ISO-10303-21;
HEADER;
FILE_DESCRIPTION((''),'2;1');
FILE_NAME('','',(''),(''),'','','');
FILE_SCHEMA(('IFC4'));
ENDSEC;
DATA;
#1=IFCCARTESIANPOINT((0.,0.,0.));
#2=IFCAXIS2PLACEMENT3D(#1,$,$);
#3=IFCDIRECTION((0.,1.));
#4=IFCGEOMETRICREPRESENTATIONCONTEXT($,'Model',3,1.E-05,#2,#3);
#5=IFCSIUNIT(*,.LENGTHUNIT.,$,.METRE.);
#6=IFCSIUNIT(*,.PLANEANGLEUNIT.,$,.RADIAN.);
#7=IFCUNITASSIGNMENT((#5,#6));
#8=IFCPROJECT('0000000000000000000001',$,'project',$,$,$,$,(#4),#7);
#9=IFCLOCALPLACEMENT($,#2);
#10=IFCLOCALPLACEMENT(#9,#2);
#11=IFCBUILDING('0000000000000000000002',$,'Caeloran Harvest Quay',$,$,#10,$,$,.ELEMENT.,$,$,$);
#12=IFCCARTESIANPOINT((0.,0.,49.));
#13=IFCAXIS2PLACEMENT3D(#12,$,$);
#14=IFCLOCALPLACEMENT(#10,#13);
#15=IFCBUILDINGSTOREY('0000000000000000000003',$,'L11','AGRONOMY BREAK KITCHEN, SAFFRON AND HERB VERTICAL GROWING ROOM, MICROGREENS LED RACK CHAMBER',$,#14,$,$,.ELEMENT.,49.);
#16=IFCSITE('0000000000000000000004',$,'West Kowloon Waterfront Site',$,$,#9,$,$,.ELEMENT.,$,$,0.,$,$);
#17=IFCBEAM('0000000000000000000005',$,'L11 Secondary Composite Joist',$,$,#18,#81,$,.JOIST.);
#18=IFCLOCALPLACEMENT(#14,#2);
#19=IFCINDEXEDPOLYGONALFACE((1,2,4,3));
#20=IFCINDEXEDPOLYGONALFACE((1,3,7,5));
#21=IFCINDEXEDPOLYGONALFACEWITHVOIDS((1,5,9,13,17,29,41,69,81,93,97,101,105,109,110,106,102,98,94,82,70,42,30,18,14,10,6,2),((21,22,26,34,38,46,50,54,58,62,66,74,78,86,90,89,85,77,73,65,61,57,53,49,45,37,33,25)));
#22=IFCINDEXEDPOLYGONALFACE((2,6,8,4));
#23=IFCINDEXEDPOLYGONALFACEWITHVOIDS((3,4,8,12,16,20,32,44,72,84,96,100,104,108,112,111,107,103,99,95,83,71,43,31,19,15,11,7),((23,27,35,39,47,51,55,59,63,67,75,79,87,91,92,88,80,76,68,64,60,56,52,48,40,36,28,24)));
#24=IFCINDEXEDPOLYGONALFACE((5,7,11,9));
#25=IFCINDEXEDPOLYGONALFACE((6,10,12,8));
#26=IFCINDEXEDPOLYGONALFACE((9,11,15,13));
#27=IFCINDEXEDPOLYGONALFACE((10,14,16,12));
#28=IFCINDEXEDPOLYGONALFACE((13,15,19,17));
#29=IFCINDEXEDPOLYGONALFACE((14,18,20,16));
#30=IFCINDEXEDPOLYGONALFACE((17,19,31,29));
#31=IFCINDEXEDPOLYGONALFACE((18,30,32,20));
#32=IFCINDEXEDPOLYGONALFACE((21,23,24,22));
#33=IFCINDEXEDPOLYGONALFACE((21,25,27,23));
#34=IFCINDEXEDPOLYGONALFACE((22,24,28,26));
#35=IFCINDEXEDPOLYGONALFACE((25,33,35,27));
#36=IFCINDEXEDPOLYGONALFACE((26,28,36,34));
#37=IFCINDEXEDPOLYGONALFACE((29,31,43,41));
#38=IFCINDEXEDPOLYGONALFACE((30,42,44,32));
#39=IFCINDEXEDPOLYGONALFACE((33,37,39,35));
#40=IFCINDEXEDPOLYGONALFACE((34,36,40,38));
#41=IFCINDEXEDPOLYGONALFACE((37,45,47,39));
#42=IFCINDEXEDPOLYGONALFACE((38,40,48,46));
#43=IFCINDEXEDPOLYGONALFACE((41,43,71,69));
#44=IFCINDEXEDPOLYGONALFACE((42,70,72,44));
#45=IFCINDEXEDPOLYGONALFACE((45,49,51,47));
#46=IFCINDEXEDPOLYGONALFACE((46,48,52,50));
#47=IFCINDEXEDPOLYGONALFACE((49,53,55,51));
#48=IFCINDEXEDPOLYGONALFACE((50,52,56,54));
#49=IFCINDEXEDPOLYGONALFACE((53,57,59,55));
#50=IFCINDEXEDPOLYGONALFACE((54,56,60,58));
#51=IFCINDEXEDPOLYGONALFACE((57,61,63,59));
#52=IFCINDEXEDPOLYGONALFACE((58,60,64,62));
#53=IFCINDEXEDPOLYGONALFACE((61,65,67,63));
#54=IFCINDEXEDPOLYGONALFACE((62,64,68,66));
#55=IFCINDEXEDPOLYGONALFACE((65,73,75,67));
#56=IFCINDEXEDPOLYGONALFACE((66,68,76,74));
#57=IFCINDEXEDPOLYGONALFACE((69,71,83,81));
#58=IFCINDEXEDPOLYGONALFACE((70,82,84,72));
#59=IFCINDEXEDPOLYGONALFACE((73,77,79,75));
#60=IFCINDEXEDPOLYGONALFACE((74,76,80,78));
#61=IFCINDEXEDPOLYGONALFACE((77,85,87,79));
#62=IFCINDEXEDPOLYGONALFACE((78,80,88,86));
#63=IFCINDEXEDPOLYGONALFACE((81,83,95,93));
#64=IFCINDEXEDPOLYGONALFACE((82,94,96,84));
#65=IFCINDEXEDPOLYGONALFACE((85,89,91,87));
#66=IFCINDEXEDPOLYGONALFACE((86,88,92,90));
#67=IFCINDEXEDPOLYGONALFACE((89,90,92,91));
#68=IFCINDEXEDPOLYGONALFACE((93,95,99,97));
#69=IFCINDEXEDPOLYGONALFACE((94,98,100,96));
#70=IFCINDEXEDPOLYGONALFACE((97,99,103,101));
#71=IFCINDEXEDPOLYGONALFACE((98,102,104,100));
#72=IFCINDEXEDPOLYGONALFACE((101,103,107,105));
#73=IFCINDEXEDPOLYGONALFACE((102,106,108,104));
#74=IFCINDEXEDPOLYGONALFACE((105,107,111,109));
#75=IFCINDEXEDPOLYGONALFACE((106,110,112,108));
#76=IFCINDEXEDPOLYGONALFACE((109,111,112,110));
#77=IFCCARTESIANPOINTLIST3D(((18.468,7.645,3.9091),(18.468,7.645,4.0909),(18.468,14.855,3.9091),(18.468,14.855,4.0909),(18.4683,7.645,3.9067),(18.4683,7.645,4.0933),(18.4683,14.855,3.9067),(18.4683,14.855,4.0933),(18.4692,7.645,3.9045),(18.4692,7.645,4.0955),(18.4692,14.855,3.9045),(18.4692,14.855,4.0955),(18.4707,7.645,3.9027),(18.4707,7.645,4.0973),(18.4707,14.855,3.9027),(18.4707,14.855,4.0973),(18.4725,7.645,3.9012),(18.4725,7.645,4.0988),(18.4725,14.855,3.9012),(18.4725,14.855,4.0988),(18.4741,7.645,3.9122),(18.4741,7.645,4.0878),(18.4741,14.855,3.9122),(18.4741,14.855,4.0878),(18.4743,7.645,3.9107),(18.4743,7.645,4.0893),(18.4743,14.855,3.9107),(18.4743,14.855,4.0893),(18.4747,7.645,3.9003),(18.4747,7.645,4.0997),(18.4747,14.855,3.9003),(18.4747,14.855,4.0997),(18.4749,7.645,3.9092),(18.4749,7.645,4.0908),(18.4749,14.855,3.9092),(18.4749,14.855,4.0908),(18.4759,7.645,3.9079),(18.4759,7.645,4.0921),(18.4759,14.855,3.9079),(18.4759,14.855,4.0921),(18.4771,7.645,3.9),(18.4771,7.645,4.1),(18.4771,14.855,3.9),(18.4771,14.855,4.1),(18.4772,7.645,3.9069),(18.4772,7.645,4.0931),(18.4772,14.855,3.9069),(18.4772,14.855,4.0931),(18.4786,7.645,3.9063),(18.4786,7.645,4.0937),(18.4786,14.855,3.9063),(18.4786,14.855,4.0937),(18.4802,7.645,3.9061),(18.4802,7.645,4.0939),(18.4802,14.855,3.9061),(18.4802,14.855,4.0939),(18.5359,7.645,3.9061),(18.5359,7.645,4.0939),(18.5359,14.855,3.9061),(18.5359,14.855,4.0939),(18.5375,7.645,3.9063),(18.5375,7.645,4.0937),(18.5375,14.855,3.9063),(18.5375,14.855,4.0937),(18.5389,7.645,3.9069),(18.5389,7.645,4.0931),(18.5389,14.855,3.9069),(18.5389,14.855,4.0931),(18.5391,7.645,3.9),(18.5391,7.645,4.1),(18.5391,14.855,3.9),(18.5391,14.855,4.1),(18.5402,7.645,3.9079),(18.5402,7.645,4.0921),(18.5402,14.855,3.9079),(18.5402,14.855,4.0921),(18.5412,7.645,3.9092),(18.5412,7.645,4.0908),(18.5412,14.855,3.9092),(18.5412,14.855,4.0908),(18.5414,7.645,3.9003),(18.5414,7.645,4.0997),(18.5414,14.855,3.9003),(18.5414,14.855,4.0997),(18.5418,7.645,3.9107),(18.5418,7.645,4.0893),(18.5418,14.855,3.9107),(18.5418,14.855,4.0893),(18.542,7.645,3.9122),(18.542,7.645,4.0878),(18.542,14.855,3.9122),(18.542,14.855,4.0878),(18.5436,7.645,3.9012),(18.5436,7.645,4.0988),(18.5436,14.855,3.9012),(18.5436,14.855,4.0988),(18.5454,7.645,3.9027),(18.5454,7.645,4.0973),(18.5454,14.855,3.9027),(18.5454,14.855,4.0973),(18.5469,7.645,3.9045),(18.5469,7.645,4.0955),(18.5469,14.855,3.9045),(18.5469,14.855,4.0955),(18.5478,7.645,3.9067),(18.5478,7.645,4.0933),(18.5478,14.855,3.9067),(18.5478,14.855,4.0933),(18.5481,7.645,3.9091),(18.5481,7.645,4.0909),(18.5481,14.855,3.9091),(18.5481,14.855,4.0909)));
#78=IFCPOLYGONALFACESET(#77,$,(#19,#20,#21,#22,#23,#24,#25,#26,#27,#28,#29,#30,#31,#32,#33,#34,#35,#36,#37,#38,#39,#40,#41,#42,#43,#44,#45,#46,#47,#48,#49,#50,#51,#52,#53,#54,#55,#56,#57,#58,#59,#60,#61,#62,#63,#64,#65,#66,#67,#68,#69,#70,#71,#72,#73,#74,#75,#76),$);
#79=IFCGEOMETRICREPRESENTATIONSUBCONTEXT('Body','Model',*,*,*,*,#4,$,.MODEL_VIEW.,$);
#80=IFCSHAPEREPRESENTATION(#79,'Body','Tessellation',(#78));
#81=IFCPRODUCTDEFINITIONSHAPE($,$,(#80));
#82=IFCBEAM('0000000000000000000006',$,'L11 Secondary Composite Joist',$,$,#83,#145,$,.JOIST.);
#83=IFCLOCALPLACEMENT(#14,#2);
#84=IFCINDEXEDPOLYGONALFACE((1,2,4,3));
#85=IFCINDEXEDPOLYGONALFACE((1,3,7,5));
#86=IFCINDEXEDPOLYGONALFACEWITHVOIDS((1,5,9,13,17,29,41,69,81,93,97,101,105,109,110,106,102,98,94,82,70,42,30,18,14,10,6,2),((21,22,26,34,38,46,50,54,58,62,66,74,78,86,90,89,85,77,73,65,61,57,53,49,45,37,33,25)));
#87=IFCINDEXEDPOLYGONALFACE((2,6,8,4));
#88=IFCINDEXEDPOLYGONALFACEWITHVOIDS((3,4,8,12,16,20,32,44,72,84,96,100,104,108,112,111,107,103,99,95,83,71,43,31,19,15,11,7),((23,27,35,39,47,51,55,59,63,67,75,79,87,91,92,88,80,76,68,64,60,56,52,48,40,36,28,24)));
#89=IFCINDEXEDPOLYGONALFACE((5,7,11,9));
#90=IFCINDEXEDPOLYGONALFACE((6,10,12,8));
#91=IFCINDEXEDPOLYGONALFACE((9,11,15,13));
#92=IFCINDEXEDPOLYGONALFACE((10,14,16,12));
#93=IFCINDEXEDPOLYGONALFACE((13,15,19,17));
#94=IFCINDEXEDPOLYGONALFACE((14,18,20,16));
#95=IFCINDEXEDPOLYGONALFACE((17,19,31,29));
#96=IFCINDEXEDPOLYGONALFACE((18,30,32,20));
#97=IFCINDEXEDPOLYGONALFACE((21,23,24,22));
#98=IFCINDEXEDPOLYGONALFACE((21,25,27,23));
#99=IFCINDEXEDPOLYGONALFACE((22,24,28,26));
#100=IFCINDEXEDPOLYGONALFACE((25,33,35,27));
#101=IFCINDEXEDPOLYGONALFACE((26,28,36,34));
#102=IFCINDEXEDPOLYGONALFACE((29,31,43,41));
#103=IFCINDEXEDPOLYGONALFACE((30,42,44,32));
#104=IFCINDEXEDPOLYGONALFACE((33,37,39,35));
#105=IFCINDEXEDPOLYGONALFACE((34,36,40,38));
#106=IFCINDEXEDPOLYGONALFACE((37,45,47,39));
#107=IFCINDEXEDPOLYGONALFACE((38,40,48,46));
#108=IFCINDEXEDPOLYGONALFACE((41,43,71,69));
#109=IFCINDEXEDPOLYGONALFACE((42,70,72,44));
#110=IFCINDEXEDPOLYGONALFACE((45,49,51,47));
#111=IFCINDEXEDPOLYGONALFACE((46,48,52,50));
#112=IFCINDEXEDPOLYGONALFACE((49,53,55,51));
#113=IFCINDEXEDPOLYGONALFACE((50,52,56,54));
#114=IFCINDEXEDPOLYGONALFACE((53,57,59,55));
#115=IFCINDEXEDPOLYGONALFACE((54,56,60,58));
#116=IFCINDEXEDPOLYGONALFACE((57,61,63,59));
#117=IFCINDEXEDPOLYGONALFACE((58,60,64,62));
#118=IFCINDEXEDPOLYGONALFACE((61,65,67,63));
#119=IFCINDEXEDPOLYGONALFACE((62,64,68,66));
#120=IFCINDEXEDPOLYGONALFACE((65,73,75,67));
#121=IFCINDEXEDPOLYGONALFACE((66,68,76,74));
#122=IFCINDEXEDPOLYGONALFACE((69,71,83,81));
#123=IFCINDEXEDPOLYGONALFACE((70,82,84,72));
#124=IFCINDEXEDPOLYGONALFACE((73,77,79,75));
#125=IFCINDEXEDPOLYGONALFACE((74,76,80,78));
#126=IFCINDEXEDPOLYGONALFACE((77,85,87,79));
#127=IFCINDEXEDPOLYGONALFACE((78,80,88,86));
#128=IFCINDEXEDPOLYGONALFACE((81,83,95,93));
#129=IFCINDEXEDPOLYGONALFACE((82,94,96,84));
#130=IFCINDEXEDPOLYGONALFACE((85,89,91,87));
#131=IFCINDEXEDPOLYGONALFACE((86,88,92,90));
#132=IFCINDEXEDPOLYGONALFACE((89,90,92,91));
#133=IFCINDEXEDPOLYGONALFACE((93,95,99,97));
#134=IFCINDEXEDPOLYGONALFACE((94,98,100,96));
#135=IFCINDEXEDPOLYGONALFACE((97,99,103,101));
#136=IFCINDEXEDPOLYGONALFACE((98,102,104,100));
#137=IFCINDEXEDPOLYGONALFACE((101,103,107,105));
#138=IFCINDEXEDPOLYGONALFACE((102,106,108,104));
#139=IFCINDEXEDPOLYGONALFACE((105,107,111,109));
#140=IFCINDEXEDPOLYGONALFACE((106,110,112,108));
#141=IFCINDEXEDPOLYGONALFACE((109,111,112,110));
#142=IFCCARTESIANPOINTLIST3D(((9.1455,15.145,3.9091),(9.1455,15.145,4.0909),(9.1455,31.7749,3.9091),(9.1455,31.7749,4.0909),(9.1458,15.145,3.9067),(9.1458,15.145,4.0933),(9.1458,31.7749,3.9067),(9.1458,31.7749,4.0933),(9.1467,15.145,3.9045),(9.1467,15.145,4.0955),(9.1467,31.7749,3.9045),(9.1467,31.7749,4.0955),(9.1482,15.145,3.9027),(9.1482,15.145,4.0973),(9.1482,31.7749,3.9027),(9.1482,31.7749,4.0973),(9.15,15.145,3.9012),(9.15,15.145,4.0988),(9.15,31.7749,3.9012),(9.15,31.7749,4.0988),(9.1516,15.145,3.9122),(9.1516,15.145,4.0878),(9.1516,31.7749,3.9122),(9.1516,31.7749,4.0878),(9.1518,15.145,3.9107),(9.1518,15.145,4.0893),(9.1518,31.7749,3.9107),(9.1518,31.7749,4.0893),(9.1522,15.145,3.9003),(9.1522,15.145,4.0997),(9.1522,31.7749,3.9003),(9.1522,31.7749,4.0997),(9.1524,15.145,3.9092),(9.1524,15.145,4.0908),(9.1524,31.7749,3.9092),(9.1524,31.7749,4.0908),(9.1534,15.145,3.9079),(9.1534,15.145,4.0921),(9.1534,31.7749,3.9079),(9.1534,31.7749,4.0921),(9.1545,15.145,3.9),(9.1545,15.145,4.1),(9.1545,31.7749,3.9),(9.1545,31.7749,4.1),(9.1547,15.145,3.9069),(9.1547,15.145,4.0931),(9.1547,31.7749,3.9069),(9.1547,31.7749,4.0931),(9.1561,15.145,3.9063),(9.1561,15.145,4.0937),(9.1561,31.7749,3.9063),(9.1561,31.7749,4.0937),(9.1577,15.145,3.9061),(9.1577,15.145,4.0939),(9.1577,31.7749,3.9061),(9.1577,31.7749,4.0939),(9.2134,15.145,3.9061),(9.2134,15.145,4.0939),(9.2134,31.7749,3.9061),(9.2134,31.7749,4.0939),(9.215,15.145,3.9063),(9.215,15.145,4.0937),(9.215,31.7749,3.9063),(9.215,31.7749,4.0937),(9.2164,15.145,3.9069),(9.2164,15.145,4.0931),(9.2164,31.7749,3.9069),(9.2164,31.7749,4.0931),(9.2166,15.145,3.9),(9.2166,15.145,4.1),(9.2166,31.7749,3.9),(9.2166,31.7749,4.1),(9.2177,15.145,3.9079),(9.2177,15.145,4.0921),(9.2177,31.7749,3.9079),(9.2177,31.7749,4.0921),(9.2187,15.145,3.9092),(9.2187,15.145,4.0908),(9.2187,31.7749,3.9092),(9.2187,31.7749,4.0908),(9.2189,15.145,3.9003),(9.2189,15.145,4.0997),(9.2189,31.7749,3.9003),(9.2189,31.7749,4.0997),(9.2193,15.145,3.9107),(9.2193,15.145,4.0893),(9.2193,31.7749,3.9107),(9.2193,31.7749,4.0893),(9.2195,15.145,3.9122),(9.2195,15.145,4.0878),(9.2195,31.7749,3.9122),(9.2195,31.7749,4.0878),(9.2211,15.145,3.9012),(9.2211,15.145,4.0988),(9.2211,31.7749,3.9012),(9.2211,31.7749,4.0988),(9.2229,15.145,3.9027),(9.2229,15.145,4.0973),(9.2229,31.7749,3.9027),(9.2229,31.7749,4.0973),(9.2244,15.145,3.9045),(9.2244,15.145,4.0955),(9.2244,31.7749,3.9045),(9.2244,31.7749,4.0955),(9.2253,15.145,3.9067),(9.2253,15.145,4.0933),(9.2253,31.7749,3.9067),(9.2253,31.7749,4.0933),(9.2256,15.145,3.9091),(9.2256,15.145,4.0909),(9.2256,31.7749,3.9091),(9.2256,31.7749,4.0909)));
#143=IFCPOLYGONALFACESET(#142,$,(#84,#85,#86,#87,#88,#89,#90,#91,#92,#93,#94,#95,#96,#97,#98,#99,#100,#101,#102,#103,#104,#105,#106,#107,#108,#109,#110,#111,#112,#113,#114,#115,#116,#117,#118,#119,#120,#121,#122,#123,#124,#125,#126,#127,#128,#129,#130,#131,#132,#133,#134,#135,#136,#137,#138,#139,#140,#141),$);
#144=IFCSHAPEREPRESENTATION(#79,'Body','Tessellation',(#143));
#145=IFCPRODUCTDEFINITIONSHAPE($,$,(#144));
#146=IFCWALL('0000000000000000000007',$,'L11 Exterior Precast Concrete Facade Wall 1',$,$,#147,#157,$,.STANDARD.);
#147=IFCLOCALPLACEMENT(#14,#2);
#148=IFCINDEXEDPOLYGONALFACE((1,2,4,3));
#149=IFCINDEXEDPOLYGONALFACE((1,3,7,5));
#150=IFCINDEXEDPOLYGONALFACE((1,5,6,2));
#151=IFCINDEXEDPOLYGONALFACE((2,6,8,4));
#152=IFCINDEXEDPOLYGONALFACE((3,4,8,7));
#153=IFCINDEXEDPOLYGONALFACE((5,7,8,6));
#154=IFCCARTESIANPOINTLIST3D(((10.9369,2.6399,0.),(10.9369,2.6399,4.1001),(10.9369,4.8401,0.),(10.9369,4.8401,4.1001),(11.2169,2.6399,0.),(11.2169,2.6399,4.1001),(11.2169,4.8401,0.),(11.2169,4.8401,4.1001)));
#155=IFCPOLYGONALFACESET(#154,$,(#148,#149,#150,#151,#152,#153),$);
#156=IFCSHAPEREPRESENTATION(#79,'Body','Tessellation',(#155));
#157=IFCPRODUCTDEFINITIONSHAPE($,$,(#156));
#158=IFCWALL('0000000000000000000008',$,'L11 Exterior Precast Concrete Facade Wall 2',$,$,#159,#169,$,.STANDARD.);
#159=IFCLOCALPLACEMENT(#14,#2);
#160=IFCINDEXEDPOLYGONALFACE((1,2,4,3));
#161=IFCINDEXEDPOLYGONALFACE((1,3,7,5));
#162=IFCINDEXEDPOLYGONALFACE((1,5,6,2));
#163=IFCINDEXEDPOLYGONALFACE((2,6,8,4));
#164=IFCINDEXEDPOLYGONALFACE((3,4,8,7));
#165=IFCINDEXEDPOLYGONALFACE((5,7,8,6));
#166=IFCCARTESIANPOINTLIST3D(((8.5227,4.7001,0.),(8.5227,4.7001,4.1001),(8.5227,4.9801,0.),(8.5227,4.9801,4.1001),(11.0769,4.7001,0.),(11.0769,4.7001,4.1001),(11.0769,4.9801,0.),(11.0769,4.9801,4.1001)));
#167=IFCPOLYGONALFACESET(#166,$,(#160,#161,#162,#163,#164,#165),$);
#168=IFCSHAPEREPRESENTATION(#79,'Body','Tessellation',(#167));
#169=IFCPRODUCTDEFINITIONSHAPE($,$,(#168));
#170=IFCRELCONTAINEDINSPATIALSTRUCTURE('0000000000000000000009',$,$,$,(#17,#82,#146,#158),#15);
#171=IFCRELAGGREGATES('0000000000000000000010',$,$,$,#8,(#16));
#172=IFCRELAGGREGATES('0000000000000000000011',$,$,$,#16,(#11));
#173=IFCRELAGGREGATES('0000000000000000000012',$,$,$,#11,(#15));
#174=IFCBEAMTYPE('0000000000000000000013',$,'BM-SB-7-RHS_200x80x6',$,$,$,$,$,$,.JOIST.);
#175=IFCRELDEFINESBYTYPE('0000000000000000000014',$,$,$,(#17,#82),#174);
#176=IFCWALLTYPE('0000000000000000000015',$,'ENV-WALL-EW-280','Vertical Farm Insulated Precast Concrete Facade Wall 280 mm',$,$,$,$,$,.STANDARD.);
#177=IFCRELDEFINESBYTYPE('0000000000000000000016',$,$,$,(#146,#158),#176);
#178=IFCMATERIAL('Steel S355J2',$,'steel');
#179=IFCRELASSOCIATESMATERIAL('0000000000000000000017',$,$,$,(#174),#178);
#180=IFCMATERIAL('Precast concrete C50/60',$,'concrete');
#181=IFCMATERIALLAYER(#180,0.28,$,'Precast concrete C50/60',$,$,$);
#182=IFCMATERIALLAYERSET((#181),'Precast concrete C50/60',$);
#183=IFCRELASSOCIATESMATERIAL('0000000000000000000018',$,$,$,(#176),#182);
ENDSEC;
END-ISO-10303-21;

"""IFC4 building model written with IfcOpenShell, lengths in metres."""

from ifc_helpers import new_model, si_unit, direction, frame, frame_2d, origin, origin_2d, place, context, subcontext, project, spatial, rectangle, hollow_rectangle, extrude, material, layer, layer_set, material_profile, profile_set, type_object, element, save


model = new_model("IFC4")

# Units and contexts
model_context = context("Model", 3, precision=1e-05, world=origin(), true_north=direction((0.0, 1.0)))
body_context = subcontext(model_context, "Body", "Model", "MODEL_VIEW")
ifc_project = project(units=[si_unit("LENGTHUNIT", "METRE"), si_unit("PLANEANGLEUNIT", "RADIAN")], contexts=[model_context])

# Site, building, storey
site_placement = place(None, origin())
site = spatial("IfcSite", under=ifc_project, at=site_placement, Name="West Kowloon Waterfront Site", CompositionType="ELEMENT", RefElevation=0.0)
building_placement = place(site_placement, origin())
building = spatial("IfcBuilding", under=site, at=building_placement, Name="Caeloran Harvest Quay", CompositionType="ELEMENT")
storey_placement = place(building_placement, frame((0.0, 0.0, 49.0)))
storey = spatial("IfcBuildingStorey", under=building, at=storey_placement, Name="L11", Description="AGRONOMY BREAK KITCHEN, SAFFRON AND HERB VERTICAL GROWING ROOM, MICROGREENS LED RACK CHAMBER", CompositionType="ELEMENT", Elevation=49.0)

# Beams
ifc_material_1 = material(Name="Steel S355J2", Category="steel")
ifc_material_profile_1 = material_profile(ifc_material_1, hollow_rectangle(XDim=0.0801, YDim=0.2, WallThickness=0.0061, InnerFilletRadius=0.0061, OuterFilletRadius=0.009, at=origin_2d()), Name="RHS 200x80x6")
ifc_profile_set_1 = profile_set([ifc_material_profile_1], Name="Steel S355J2")
beam_type_1 = type_object("IfcBeamType", Name="BM-SB-7-RHS_200x80x6", PredefinedType="JOIST", material=ifc_profile_set_1)
for number, where, z_axis, x_axis, name in (
    (1, (18.5081, 7.645, 4.0), (0.0, 1.0, 0.0), (-1.0, 0.0, 0.0), "L11 Secondary Composite Joist"),
):
    element("IfcBeam", number, at=place(storey_placement, frame(where, z_axis=z_axis, x_axis=x_axis)), inside=storey, type_object=beam_type_1, Name=name, PredefinedType="JOIST", context=body_context, shape_type="SweptSolid", body=[
        extrude(hollow_rectangle(XDim=0.0801, YDim=0.2, WallThickness=0.0061, InnerFilletRadius=0.0061, OuterFilletRadius=0.009, at=origin_2d()), origin(), (0.0, 0.0, 1.0), 7.21),
    ])
beam_1_placement = place(storey_placement, frame((9.1855, 15.145, 4.0), z_axis=(0.0, 1.0, 0.0), x_axis=(-1.0, 0.0, 0.0)))
element("IfcBeam", 2, at=beam_1_placement, inside=storey, type_object=beam_type_1, Name="L11 Secondary Composite Joist", PredefinedType="JOIST", context=body_context, shape_type="SweptSolid", body=[
    extrude(hollow_rectangle(XDim=0.0801, YDim=0.2, WallThickness=0.0061, InnerFilletRadius=0.0061, OuterFilletRadius=0.009, at=origin_2d()), origin(), (0.0, 0.0, 1.0), 16.6299),
])

# Walls
ifc_material_2 = material(Name="Precast concrete C50/60", Category="concrete")
ifc_layer_1 = layer(ifc_material_2, 0.28, Name="Precast concrete C50/60")
ifc_layer_set_1 = layer_set([ifc_layer_1], Name="Precast concrete C50/60")
wall_type_1 = type_object("IfcWallType", Name="ENV-WALL-EW-280", Description="Vertical Farm Insulated Precast Concrete Facade Wall 280 mm", PredefinedType="STANDARD", material=ifc_layer_set_1)
wall_1_placement = place(storey_placement, frame((11.0769, 2.6399, 0.0), z_axis=(0.0, 0.0, 1.0), x_axis=(0.0, 1.0, 0.0)))
element("IfcWall", 3, at=wall_1_placement, inside=storey, type_object=wall_type_1, Name="L11 Exterior Precast Concrete Facade Wall 1", PredefinedType="STANDARD", context=body_context, shape_type="SweptSolid", body=[
    extrude(rectangle(XDim=2.2002, YDim=0.28, at=frame_2d((1.1001, 0.0))), origin(), (0.0, 0.0, 1.0), 4.1001),
])
wall_2_placement = place(storey_placement, frame((11.0769, 4.8401, 0.0), z_axis=(0.0, 0.0, 1.0), x_axis=(-1.0, 0.0, 0.0)))
element("IfcWall", 4, at=wall_2_placement, inside=storey, type_object=wall_type_1, Name="L11 Exterior Precast Concrete Facade Wall 2", PredefinedType="STANDARD", context=body_context, shape_type="SweptSolid", body=[
    extrude(rectangle(XDim=2.5542, YDim=0.28, at=frame_2d((1.2771, 0.0))), origin(), (0.0, 0.0, 1.0), 4.1001),
])

save(model, "model.ifc")
